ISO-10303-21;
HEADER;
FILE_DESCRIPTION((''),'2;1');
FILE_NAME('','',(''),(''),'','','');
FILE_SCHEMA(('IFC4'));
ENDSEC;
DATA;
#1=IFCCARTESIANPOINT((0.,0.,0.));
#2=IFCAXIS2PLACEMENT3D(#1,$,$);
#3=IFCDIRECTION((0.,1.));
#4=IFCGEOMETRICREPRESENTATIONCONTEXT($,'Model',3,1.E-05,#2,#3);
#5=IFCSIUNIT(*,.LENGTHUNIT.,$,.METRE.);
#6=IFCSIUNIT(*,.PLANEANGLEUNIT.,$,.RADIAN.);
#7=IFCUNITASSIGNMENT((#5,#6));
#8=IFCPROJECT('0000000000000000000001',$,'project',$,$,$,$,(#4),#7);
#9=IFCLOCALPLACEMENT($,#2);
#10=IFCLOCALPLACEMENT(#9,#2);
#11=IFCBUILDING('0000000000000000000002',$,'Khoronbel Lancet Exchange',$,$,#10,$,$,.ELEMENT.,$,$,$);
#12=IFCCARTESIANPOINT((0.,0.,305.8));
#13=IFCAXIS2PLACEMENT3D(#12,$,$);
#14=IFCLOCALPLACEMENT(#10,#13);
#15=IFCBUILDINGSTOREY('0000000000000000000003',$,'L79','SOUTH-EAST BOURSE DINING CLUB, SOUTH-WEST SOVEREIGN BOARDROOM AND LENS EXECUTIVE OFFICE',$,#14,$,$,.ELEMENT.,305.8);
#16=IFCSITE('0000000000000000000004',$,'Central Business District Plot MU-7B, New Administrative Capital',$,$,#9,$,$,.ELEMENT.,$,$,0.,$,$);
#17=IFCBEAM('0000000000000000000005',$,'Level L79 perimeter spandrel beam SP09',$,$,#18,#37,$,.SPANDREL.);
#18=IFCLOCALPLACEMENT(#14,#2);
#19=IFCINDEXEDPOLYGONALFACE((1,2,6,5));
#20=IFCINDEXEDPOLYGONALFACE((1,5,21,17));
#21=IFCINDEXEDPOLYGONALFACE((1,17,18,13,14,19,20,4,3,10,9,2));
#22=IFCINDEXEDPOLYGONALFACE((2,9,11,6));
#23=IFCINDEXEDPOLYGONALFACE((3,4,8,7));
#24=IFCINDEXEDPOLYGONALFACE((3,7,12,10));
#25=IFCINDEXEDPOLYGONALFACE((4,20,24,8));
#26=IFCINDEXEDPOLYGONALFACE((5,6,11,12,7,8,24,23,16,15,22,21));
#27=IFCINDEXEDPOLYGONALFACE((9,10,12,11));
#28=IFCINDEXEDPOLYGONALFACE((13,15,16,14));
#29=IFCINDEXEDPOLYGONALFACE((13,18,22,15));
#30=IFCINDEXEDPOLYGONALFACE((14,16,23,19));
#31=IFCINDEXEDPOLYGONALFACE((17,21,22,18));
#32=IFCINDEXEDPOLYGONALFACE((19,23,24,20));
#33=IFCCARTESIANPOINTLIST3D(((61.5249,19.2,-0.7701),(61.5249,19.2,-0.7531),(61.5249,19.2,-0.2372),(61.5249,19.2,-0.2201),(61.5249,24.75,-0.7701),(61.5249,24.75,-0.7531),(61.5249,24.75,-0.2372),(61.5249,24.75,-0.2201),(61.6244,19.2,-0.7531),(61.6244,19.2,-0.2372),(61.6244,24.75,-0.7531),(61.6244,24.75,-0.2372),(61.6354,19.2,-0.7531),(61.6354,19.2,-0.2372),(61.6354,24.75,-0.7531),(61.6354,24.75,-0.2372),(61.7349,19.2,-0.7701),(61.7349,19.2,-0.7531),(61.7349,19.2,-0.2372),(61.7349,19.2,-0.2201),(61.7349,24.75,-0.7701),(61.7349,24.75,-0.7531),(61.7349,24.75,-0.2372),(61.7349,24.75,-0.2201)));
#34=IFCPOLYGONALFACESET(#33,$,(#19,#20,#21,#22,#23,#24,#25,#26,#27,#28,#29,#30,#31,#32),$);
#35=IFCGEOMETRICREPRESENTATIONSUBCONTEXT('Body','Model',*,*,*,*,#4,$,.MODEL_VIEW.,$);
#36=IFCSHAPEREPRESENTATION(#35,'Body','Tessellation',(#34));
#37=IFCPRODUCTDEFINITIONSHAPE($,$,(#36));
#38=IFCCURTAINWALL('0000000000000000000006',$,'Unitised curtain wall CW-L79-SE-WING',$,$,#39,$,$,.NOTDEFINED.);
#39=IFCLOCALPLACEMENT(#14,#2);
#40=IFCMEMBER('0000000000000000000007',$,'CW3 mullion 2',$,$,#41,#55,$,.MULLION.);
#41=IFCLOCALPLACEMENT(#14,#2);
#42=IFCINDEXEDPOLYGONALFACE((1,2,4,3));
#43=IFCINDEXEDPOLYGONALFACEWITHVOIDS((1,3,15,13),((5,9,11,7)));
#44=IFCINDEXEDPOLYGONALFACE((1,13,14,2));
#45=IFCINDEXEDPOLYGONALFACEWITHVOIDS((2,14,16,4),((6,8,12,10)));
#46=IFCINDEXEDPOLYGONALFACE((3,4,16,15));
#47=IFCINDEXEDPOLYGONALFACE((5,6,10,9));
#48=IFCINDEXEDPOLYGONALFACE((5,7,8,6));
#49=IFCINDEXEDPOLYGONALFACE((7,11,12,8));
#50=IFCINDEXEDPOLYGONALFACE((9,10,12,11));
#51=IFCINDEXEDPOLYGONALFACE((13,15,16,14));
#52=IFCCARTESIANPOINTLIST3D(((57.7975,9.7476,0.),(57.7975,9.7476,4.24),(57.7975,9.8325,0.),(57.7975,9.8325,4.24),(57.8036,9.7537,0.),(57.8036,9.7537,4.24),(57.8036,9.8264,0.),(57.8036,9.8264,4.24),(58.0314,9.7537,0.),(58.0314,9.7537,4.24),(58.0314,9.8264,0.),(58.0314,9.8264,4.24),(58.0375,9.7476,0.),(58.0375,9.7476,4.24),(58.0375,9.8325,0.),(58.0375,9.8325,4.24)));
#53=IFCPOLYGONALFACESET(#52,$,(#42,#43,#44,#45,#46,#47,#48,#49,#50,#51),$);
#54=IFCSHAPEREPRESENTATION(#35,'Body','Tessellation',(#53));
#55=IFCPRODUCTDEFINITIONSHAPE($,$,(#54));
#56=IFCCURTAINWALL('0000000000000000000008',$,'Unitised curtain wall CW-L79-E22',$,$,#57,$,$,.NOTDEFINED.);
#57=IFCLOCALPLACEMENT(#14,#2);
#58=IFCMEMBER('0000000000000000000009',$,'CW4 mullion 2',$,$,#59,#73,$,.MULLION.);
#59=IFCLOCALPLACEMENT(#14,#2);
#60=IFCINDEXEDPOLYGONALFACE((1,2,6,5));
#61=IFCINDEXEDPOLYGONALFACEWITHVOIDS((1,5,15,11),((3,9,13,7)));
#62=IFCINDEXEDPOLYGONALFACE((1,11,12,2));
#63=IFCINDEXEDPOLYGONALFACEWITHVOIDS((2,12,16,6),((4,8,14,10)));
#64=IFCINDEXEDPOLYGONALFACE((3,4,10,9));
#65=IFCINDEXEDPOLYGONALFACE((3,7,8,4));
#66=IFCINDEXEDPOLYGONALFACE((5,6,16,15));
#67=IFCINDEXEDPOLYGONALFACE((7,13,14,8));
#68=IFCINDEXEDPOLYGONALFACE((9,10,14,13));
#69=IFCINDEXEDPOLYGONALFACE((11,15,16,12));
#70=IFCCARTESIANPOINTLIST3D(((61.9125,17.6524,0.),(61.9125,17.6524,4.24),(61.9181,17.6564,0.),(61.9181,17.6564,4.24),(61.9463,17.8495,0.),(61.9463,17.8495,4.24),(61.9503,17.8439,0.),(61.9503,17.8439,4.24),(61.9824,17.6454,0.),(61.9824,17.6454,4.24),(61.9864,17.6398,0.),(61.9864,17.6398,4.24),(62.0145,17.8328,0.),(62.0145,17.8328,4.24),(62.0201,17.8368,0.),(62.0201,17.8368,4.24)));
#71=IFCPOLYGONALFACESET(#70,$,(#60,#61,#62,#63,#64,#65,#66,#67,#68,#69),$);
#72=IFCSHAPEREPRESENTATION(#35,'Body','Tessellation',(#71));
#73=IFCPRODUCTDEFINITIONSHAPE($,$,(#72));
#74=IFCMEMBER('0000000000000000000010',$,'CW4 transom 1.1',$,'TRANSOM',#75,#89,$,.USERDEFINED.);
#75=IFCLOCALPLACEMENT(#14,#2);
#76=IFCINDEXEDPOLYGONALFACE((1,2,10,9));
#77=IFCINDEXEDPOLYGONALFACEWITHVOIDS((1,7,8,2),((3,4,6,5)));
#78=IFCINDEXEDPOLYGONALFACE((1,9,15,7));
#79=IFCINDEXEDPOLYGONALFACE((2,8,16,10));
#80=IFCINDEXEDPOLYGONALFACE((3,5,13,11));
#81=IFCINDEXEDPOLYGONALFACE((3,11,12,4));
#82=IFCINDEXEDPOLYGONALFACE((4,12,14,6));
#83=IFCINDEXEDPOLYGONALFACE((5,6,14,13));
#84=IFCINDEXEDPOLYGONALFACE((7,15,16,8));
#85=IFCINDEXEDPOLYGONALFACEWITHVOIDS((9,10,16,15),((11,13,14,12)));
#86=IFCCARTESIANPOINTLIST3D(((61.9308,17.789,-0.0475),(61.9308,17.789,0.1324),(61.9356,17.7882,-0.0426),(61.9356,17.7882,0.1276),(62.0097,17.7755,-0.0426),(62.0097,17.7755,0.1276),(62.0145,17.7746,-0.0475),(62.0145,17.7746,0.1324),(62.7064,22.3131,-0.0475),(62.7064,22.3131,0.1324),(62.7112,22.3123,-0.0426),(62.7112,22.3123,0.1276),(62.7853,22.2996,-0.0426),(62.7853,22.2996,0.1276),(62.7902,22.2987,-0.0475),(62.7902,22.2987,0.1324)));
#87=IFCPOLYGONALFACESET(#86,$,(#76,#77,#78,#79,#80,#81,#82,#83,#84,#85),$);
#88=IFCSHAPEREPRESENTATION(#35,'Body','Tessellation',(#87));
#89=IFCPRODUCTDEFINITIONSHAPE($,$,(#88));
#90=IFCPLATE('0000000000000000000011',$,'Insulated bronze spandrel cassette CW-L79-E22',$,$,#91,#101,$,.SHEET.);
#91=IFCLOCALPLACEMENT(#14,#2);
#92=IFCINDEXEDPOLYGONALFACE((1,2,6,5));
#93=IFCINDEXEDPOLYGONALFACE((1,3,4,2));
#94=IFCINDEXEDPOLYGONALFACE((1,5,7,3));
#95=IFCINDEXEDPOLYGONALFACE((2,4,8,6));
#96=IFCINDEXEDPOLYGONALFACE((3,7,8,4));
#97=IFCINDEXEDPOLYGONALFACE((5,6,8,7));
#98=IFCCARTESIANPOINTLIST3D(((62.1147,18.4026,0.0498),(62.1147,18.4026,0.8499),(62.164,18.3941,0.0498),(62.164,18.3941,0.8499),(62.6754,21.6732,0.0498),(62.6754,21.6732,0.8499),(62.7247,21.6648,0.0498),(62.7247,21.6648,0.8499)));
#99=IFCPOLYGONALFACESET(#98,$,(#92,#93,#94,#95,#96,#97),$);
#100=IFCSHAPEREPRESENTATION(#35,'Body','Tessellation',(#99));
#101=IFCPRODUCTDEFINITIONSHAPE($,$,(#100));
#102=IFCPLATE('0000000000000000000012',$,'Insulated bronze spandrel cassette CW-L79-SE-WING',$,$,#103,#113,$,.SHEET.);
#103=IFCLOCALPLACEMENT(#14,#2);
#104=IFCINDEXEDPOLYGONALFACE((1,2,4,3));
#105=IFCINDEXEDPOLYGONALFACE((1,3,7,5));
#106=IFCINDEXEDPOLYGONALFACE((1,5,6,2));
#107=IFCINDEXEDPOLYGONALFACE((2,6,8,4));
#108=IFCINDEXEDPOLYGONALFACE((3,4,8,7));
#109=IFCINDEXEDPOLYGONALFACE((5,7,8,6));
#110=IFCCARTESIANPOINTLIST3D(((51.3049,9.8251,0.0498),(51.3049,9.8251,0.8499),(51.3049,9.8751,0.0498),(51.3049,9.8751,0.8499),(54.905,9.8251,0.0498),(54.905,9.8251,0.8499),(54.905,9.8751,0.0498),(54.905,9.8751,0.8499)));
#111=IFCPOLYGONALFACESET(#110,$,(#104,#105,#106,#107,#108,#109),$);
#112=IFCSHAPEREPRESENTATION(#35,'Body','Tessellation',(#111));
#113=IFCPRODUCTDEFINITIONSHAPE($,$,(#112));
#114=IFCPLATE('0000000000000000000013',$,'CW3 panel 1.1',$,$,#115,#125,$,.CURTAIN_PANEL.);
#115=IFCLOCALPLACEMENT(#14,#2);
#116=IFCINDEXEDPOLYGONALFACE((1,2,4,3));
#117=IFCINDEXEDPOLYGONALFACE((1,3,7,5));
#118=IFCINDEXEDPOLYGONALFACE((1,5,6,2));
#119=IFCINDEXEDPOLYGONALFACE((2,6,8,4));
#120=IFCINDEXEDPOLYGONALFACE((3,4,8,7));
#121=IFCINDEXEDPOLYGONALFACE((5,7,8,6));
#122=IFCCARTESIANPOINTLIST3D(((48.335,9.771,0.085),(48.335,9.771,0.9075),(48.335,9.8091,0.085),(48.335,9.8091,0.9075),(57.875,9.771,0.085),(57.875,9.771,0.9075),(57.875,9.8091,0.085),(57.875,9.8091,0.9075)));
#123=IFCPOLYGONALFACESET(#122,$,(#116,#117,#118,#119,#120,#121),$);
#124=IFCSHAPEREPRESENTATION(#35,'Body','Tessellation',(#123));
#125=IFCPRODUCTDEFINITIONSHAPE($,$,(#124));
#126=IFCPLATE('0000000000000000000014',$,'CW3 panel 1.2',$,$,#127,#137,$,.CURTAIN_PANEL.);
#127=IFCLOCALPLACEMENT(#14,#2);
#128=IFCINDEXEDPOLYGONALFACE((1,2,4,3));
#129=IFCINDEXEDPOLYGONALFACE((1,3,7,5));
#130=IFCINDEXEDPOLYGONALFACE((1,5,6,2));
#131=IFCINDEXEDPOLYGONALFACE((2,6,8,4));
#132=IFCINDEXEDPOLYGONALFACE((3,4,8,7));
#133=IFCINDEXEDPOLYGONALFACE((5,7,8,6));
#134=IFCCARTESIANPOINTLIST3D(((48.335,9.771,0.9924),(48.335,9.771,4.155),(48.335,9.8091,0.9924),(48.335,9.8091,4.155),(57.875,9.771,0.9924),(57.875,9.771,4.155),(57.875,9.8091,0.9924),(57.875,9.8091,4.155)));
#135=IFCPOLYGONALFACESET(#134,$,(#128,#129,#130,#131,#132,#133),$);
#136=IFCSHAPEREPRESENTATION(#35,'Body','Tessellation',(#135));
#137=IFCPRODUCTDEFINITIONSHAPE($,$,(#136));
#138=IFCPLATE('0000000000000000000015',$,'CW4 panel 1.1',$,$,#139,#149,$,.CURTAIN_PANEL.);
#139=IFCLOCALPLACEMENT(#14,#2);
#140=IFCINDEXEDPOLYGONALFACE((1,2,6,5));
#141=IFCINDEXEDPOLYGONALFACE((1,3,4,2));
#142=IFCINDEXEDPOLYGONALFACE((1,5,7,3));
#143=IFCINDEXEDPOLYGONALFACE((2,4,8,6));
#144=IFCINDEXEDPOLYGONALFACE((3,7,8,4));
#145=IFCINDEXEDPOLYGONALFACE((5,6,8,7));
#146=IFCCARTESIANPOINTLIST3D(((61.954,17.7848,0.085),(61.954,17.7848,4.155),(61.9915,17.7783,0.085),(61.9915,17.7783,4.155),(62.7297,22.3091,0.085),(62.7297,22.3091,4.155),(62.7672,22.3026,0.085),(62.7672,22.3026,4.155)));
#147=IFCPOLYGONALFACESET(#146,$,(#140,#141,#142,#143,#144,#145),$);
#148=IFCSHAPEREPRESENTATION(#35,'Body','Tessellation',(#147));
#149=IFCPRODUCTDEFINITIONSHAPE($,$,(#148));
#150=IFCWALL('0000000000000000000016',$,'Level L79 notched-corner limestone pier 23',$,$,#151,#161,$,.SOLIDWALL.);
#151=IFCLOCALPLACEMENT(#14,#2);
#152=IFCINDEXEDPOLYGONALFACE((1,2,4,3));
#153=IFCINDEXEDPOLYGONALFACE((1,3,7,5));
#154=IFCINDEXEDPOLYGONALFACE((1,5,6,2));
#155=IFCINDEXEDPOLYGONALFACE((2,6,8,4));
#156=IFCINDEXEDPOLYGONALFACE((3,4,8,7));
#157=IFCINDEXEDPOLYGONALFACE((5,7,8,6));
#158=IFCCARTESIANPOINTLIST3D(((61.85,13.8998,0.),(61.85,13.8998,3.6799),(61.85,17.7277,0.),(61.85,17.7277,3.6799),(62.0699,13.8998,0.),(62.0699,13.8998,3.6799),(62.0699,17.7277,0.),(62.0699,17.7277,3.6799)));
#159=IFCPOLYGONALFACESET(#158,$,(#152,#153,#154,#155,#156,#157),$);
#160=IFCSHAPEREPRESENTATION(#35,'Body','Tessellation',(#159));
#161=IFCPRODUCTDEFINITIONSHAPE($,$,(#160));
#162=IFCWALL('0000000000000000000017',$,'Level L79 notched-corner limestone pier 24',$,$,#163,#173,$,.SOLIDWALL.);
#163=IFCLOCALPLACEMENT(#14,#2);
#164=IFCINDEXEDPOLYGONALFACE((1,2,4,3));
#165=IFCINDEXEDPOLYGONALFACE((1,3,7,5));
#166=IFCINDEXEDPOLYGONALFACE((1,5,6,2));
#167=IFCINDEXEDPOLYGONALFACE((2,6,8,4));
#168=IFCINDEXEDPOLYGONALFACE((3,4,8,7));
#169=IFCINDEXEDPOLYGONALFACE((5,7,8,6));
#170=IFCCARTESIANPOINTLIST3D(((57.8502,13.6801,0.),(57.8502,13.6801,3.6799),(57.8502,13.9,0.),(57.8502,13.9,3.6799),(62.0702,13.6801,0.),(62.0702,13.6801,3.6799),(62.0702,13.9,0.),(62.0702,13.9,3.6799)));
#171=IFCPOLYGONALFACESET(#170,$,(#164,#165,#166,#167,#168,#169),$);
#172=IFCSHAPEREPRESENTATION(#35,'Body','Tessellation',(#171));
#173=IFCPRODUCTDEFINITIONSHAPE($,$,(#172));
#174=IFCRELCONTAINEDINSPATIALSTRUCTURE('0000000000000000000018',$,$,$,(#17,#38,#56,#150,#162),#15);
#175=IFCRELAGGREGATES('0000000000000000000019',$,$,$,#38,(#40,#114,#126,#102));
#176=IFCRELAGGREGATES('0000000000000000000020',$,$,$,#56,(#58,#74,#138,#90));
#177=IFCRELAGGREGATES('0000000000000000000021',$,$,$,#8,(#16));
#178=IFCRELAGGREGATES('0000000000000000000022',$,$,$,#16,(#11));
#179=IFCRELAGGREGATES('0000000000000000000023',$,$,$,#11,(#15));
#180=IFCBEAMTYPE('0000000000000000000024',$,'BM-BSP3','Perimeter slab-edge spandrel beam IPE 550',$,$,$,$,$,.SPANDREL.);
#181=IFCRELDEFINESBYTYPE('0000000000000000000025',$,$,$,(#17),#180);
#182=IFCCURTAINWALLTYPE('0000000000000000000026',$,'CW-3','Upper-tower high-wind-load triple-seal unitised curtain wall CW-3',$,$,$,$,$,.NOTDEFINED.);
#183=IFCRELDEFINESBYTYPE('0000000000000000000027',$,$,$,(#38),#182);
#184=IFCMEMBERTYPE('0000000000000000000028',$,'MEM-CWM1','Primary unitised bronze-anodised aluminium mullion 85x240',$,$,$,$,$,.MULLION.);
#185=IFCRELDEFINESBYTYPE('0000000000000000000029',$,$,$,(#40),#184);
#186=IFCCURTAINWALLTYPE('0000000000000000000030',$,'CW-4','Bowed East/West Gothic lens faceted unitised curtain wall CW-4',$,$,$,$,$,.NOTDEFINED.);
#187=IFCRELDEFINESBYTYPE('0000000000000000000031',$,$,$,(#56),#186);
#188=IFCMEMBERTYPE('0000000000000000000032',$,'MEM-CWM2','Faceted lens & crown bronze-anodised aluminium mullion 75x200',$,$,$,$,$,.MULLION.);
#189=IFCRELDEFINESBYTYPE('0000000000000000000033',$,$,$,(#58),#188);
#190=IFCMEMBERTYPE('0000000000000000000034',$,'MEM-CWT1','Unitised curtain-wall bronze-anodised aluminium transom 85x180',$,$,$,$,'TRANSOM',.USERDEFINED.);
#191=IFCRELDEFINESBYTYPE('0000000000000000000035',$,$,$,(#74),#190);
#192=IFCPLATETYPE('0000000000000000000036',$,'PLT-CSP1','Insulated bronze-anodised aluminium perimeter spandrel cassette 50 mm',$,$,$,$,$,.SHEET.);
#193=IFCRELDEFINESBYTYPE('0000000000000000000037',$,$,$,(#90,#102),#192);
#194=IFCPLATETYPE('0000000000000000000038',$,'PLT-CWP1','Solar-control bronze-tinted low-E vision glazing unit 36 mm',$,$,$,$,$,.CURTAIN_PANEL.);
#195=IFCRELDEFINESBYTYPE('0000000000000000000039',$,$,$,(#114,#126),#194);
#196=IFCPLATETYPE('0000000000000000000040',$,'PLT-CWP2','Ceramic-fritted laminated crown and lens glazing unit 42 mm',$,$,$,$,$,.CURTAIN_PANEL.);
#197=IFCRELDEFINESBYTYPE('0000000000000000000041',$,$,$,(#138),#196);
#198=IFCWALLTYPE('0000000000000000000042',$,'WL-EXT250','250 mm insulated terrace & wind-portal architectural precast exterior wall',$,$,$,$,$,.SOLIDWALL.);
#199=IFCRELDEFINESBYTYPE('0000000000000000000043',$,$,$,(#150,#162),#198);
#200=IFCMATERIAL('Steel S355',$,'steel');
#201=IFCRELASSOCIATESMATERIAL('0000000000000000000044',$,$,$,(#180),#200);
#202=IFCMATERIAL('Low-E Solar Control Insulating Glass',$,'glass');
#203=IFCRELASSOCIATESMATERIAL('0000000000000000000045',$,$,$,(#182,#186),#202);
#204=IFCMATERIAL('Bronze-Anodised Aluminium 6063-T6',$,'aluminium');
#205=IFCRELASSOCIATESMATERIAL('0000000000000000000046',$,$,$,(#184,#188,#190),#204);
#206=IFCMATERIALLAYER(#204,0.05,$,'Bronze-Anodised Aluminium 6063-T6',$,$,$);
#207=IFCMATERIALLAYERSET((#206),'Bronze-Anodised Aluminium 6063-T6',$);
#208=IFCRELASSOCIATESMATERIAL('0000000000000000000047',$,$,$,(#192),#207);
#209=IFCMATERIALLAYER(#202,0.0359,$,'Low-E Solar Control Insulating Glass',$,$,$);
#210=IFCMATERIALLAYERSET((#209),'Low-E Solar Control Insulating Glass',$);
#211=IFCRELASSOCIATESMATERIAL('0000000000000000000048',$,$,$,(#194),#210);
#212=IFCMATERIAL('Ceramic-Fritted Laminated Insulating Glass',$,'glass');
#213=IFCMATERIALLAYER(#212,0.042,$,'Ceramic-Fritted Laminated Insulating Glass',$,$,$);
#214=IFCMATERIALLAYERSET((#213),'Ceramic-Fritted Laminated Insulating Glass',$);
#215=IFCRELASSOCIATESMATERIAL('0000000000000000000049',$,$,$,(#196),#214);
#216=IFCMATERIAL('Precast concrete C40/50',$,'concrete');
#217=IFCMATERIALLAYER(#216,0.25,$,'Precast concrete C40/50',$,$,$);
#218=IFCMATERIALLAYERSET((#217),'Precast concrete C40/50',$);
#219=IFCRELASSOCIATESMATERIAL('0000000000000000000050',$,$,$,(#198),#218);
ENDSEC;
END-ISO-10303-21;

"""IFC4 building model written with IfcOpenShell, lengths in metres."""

from ifc_helpers import new_model, si_unit, direction, frame, frame_2d, origin, origin_2d, place, context, subcontext, project, spatial, rectangle, hollow_rectangle, i_section, extrude, material, layer, layer_set, material_profile, profile_set, type_object, element, aggregate, save


model = new_model("IFC4")

# Units and contexts
model_context = context("Model", 3, precision=1e-05, world=origin(), true_north=direction((0.0, 1.0)))
body_context = subcontext(model_context, "Body", "Model", "MODEL_VIEW")
ifc_project = project(units=[si_unit("LENGTHUNIT", "METRE"), si_unit("PLANEANGLEUNIT", "RADIAN")], contexts=[model_context])

# Site, building, storey
site_placement = place(None, origin())
site = spatial("IfcSite", under=ifc_project, at=site_placement, Name="Central Business District Plot MU-7B, New Administrative Capital", CompositionType="ELEMENT", RefElevation=0.0)
building_placement = place(site_placement, origin())
building = spatial("IfcBuilding", under=site, at=building_placement, Name="Khoronbel Lancet Exchange", CompositionType="ELEMENT")
storey_placement = place(building_placement, frame((0.0, 0.0, 305.8)))
storey = spatial("IfcBuildingStorey", under=building, at=storey_placement, Name="L79", Description="SOUTH-EAST BOURSE DINING CLUB, SOUTH-WEST SOVEREIGN BOARDROOM AND LENS EXECUTIVE OFFICE", CompositionType="ELEMENT", Elevation=305.8)

# Shared definitions
ifc_material_1 = material(Name="Steel S355", Category="steel")

# Beam
ifc_material_profile_1 = material_profile(ifc_material_1, i_section(OverallWidth=0.21, OverallDepth=0.55, WebThickness=0.011, FlangeThickness=0.0171, at=origin_2d()), Name="IPE 550")
ifc_profile_set_1 = profile_set([ifc_material_profile_1], Name="Steel S355")
beam_type_1 = type_object("IfcBeamType", Name="BM-BSP3", Description="Perimeter slab-edge spandrel beam IPE 550", PredefinedType="SPANDREL", material=ifc_profile_set_1)
beam_1_placement = place(storey_placement, frame((61.6299, 19.2, -0.4951), z_axis=(0.0, 1.0, 0.0), x_axis=(-1.0, 0.0, 0.0)))
element("IfcBeam", 1, at=beam_1_placement, inside=storey, type_object=beam_type_1, Name="Level L79 perimeter spandrel beam SP09", PredefinedType="SPANDREL", context=body_context, shape_type="SweptSolid", body=[
    extrude(i_section(OverallWidth=0.21, OverallDepth=0.55, WebThickness=0.011, FlangeThickness=0.0171, at=origin_2d()), origin(), (0.0, 0.0, 1.0), 5.55),
])

# Curtain wall, member
ifc_material_2 = material(Name="Low-E Solar Control Insulating Glass", Category="glass")
curtain_wall_type_1 = type_object("IfcCurtainWallType", Name="CW-3", Description="Upper-tower high-wind-load triple-seal unitised curtain wall CW-3", PredefinedType="NOTDEFINED", material=ifc_material_2)
curtain_wall_1_placement = place(storey_placement, origin())
curtain_wall_1 = element("IfcCurtainWall", 2, at=curtain_wall_1_placement, inside=storey, type_object=curtain_wall_type_1, Name="Unitised curtain wall CW-L79-SE-WING", PredefinedType="NOTDEFINED")
ifc_material_3 = material(Name="Bronze-Anodised Aluminium 6063-T6", Category="aluminium")
ifc_material_profile_2 = material_profile(ifc_material_3, hollow_rectangle(XDim=0.085, YDim=0.24, WallThickness=0.0061, at=origin_2d()), Name="ALU MULLION 85x240")
ifc_profile_set_2 = profile_set([ifc_material_profile_2], Name="Bronze-Anodised Aluminium 6063-T6")
member_type_1 = type_object("IfcMemberType", Name="MEM-CWM1", Description="Primary unitised bronze-anodised aluminium mullion 85x240", PredefinedType="MULLION", material=ifc_profile_set_2)
member_1_placement = place(storey_placement, frame((57.9175, 9.79, 0.0), z_axis=(0.0, 0.0, 1.0), x_axis=(0.0, 1.0, 0.0)))
member_1 = element("IfcMember", 3, at=member_1_placement, type_object=member_type_1, Name="CW3 mullion 2", PredefinedType="MULLION", context=body_context, shape_type="SweptSolid", body=[
    extrude(hollow_rectangle(XDim=0.085, YDim=0.24, WallThickness=0.0061, at=origin_2d()), origin(), (0.0, 0.0, 1.0), 4.24),
])

# Curtain wall, members, plate
curtain_wall_type_2 = type_object("IfcCurtainWallType", Name="CW-4", Description="Bowed East/West Gothic lens faceted unitised curtain wall CW-4", PredefinedType="NOTDEFINED", material=ifc_material_2)
curtain_wall_2_placement = place(storey_placement, origin())
curtain_wall_2 = element("IfcCurtainWall", 4, at=curtain_wall_2_placement, inside=storey, type_object=curtain_wall_type_2, Name="Unitised curtain wall CW-L79-E22", PredefinedType="NOTDEFINED")
ifc_material_profile_3 = material_profile(ifc_material_3, hollow_rectangle(XDim=0.075, YDim=0.2, WallThickness=0.0049, at=origin_2d()), Name="ALU MULLION 75x200")
ifc_profile_set_3 = profile_set([ifc_material_profile_3], Name="Bronze-Anodised Aluminium 6063-T6")
member_type_2 = type_object("IfcMemberType", Name="MEM-CWM2", Description="Faceted lens & crown bronze-anodised aluminium mullion 75x200", PredefinedType="MULLION", material=ifc_profile_set_3)
member_2_placement = place(storey_placement, frame((61.9663, 17.7446, 0.0), z_axis=(0.0, 0.0, 1.0), x_axis=(0.98562, -0.168974, 0.0)))
member_2 = element("IfcMember", 5, at=member_2_placement, type_object=member_type_2, Name="CW4 mullion 2", PredefinedType="MULLION", context=body_context, shape_type="SweptSolid", body=[
    extrude(hollow_rectangle(XDim=0.075, YDim=0.2, WallThickness=0.0049, at=origin_2d()), origin(), (0.0, 0.0, 1.0), 4.24),
])
ifc_material_profile_4 = material_profile(ifc_material_3, hollow_rectangle(XDim=0.085, YDim=0.1799, WallThickness=0.0049, at=origin_2d()), Name="ALU TRANSOM 85x180")
ifc_profile_set_4 = profile_set([ifc_material_profile_4], Name="Bronze-Anodised Aluminium 6063-T6")
member_type_3 = type_object("IfcMemberType", Name="MEM-CWT1", Description="Unitised curtain-wall bronze-anodised aluminium transom 85x180", ElementType="TRANSOM", PredefinedType="USERDEFINED", material=ifc_profile_set_4)
member_3_placement = place(storey_placement, frame((62.7483, 22.3059, 0.0425), z_axis=(-0.168977, -0.98562, 0.0), x_axis=(0.98562, -0.168977, 0.0)))
member_3 = element("IfcMember", 6, at=member_3_placement, type_object=member_type_3, Name="CW4 transom 1.1", ObjectType="TRANSOM", PredefinedType="USERDEFINED", context=body_context, shape_type="SweptSolid", body=[
    extrude(hollow_rectangle(XDim=0.085, YDim=0.1799, WallThickness=0.0049, at=origin_2d()), origin(), (0.0, 0.0, 1.0), 4.5901),
])
ifc_layer_1 = layer(ifc_material_3, 0.05, Name="Bronze-Anodised Aluminium 6063-T6")
ifc_layer_set_1 = layer_set([ifc_layer_1], Name="Bronze-Anodised Aluminium 6063-T6")
plate_type_1 = type_object("IfcPlateType", Name="PLT-CSP1", Description="Insulated bronze-anodised aluminium perimeter spandrel cassette 50 mm", PredefinedType="SHEET", material=ifc_layer_set_1)
plate_1_placement = place(storey_placement, frame((62.4197, 20.0337, 0.0498), z_axis=(0.0, 0.0, 1.0), x_axis=(-0.168974, -0.98562, 0.0)))
plate_1 = element("IfcPlate", 7, at=plate_1_placement, type_object=plate_type_1, Name="Insulated bronze spandrel cassette CW-L79-E22", PredefinedType="SHEET", context=body_context, shape_type="SweptSolid", body=[
    extrude(rectangle(XDim=3.3184, YDim=0.05, at=origin_2d()), origin(), (0.0, 0.0, 1.0), 0.8),
])

# Plates
plate_2_placement = place(storey_placement, frame((53.105, 9.8501, 0.0498), z_axis=(0.0, 0.0, 1.0), x_axis=(1.0, 0.0, 0.0)))
plate_2 = element("IfcPlate", 8, at=plate_2_placement, type_object=plate_type_1, Name="Insulated bronze spandrel cassette CW-L79-SE-WING", PredefinedType="SHEET", context=body_context, shape_type="SweptSolid", body=[
    extrude(rectangle(XDim=3.6001, YDim=0.05, at=origin_2d()), origin(), (0.0, 0.0, 1.0), 0.8),
])
ifc_layer_2 = layer(ifc_material_2, 0.0359, Name="Low-E Solar Control Insulating Glass")
ifc_layer_set_2 = layer_set([ifc_layer_2], Name="Low-E Solar Control Insulating Glass")
plate_type_2 = type_object("IfcPlateType", Name="PLT-CWP1", Description="Solar-control bronze-tinted low-E vision glazing unit 36 mm", PredefinedType="CURTAIN_PANEL", material=ifc_layer_set_2)
plate_3_placement = place(storey_placement, frame((53.105, 9.79, 0.085), z_axis=(0.0, 0.0, 1.0), x_axis=(1.0, 0.0, 0.0)))
plate_3 = element("IfcPlate", 9, at=plate_3_placement, type_object=plate_type_2, Name="CW3 panel 1.1", PredefinedType="CURTAIN_PANEL", context=body_context, shape_type="SweptSolid", body=[
    extrude(rectangle(XDim=9.54, YDim=0.0381, at=origin_2d()), origin(), (0.0, 0.0, 1.0), 0.8225),
])
plate_4_placement = place(storey_placement, frame((53.105, 9.79, 0.9924), z_axis=(0.0, 0.0, 1.0), x_axis=(1.0, 0.0, 0.0)))
plate_4 = element("IfcPlate", 10, at=plate_4_placement, type_object=plate_type_2, Name="CW3 panel 1.2", PredefinedType="CURTAIN_PANEL", context=body_context, shape_type="SweptSolid", body=[
    extrude(rectangle(XDim=9.54, YDim=0.0381, at=origin_2d()), origin(), (0.0, 0.0, 1.0), 3.1626),
])
aggregate(curtain_wall_1, [member_1, plate_3, plate_4, plate_2])
ifc_material_4 = material(Name="Ceramic-Fritted Laminated Insulating Glass", Category="glass")
ifc_layer_3 = layer(ifc_material_4, 0.042, Name="Ceramic-Fritted Laminated Insulating Glass")
ifc_layer_set_3 = layer_set([ifc_layer_3], Name="Ceramic-Fritted Laminated Insulating Glass")
plate_type_3 = type_object("IfcPlateType", Name="PLT-CWP2", Description="Ceramic-fritted laminated crown and lens glazing unit 42 mm", PredefinedType="CURTAIN_PANEL", material=ifc_layer_set_3)
plate_5_placement = place(storey_placement, frame((62.3606, 20.0437, 0.085), z_axis=(0.0, 0.0, 1.0), x_axis=(-0.168974, -0.98562, 0.0)))
plate_5 = element("IfcPlate", 11, at=plate_5_placement, type_object=plate_type_3, Name="CW4 panel 1.1", PredefinedType="CURTAIN_PANEL", context=body_context, shape_type="SweptSolid", body=[
    extrude(rectangle(XDim=4.5903, YDim=0.0381, at=origin_2d()), origin(), (0.0, 0.0, 1.0), 4.0701),
])
aggregate(curtain_wall_2, [member_2, member_3, plate_5, plate_1])

# Walls
ifc_material_5 = material(Name="Precast concrete C40/50", Category="concrete")
ifc_layer_4 = layer(ifc_material_5, 0.25, Name="Precast concrete C40/50")
ifc_layer_set_4 = layer_set([ifc_layer_4], Name="Precast concrete C40/50")
wall_type_1 = type_object("IfcWallType", Name="WL-EXT250", Description="250 mm insulated terrace & wind-portal architectural precast exterior wall", PredefinedType="SOLIDWALL", material=ifc_layer_set_4)
wall_1_placement = place(storey_placement, frame((61.96, 17.7278, 0.0), z_axis=(0.0, 0.0, 1.0), x_axis=(0.0, -1.0, 0.0)))
element("IfcWall", 12, at=wall_1_placement, inside=storey, type_object=wall_type_1, Name="Level L79 notched-corner limestone pier 23", PredefinedType="SOLIDWALL", context=body_context, shape_type="SweptSolid", body=[
    extrude(rectangle(XDim=3.8279, YDim=0.22, at=frame_2d((1.9141, 0.0))), origin(), (0.0, 0.0, 1.0), 3.6799),
])
wall_2_placement = place(storey_placement, frame((62.0701, 13.79, 0.0), z_axis=(0.0, 0.0, 1.0), x_axis=(-1.0, 0.0, 0.0)))
element("IfcWall", 13, at=wall_2_placement, inside=storey, type_object=wall_type_1, Name="Level L79 notched-corner limestone pier 24", PredefinedType="SOLIDWALL", context=body_context, shape_type="SweptSolid", body=[
    extrude(rectangle(XDim=4.22, YDim=0.22, at=frame_2d((2.1099, 0.0))), origin(), (0.0, 0.0, 1.0), 3.6799),
])

save(model, "model.ifc")
